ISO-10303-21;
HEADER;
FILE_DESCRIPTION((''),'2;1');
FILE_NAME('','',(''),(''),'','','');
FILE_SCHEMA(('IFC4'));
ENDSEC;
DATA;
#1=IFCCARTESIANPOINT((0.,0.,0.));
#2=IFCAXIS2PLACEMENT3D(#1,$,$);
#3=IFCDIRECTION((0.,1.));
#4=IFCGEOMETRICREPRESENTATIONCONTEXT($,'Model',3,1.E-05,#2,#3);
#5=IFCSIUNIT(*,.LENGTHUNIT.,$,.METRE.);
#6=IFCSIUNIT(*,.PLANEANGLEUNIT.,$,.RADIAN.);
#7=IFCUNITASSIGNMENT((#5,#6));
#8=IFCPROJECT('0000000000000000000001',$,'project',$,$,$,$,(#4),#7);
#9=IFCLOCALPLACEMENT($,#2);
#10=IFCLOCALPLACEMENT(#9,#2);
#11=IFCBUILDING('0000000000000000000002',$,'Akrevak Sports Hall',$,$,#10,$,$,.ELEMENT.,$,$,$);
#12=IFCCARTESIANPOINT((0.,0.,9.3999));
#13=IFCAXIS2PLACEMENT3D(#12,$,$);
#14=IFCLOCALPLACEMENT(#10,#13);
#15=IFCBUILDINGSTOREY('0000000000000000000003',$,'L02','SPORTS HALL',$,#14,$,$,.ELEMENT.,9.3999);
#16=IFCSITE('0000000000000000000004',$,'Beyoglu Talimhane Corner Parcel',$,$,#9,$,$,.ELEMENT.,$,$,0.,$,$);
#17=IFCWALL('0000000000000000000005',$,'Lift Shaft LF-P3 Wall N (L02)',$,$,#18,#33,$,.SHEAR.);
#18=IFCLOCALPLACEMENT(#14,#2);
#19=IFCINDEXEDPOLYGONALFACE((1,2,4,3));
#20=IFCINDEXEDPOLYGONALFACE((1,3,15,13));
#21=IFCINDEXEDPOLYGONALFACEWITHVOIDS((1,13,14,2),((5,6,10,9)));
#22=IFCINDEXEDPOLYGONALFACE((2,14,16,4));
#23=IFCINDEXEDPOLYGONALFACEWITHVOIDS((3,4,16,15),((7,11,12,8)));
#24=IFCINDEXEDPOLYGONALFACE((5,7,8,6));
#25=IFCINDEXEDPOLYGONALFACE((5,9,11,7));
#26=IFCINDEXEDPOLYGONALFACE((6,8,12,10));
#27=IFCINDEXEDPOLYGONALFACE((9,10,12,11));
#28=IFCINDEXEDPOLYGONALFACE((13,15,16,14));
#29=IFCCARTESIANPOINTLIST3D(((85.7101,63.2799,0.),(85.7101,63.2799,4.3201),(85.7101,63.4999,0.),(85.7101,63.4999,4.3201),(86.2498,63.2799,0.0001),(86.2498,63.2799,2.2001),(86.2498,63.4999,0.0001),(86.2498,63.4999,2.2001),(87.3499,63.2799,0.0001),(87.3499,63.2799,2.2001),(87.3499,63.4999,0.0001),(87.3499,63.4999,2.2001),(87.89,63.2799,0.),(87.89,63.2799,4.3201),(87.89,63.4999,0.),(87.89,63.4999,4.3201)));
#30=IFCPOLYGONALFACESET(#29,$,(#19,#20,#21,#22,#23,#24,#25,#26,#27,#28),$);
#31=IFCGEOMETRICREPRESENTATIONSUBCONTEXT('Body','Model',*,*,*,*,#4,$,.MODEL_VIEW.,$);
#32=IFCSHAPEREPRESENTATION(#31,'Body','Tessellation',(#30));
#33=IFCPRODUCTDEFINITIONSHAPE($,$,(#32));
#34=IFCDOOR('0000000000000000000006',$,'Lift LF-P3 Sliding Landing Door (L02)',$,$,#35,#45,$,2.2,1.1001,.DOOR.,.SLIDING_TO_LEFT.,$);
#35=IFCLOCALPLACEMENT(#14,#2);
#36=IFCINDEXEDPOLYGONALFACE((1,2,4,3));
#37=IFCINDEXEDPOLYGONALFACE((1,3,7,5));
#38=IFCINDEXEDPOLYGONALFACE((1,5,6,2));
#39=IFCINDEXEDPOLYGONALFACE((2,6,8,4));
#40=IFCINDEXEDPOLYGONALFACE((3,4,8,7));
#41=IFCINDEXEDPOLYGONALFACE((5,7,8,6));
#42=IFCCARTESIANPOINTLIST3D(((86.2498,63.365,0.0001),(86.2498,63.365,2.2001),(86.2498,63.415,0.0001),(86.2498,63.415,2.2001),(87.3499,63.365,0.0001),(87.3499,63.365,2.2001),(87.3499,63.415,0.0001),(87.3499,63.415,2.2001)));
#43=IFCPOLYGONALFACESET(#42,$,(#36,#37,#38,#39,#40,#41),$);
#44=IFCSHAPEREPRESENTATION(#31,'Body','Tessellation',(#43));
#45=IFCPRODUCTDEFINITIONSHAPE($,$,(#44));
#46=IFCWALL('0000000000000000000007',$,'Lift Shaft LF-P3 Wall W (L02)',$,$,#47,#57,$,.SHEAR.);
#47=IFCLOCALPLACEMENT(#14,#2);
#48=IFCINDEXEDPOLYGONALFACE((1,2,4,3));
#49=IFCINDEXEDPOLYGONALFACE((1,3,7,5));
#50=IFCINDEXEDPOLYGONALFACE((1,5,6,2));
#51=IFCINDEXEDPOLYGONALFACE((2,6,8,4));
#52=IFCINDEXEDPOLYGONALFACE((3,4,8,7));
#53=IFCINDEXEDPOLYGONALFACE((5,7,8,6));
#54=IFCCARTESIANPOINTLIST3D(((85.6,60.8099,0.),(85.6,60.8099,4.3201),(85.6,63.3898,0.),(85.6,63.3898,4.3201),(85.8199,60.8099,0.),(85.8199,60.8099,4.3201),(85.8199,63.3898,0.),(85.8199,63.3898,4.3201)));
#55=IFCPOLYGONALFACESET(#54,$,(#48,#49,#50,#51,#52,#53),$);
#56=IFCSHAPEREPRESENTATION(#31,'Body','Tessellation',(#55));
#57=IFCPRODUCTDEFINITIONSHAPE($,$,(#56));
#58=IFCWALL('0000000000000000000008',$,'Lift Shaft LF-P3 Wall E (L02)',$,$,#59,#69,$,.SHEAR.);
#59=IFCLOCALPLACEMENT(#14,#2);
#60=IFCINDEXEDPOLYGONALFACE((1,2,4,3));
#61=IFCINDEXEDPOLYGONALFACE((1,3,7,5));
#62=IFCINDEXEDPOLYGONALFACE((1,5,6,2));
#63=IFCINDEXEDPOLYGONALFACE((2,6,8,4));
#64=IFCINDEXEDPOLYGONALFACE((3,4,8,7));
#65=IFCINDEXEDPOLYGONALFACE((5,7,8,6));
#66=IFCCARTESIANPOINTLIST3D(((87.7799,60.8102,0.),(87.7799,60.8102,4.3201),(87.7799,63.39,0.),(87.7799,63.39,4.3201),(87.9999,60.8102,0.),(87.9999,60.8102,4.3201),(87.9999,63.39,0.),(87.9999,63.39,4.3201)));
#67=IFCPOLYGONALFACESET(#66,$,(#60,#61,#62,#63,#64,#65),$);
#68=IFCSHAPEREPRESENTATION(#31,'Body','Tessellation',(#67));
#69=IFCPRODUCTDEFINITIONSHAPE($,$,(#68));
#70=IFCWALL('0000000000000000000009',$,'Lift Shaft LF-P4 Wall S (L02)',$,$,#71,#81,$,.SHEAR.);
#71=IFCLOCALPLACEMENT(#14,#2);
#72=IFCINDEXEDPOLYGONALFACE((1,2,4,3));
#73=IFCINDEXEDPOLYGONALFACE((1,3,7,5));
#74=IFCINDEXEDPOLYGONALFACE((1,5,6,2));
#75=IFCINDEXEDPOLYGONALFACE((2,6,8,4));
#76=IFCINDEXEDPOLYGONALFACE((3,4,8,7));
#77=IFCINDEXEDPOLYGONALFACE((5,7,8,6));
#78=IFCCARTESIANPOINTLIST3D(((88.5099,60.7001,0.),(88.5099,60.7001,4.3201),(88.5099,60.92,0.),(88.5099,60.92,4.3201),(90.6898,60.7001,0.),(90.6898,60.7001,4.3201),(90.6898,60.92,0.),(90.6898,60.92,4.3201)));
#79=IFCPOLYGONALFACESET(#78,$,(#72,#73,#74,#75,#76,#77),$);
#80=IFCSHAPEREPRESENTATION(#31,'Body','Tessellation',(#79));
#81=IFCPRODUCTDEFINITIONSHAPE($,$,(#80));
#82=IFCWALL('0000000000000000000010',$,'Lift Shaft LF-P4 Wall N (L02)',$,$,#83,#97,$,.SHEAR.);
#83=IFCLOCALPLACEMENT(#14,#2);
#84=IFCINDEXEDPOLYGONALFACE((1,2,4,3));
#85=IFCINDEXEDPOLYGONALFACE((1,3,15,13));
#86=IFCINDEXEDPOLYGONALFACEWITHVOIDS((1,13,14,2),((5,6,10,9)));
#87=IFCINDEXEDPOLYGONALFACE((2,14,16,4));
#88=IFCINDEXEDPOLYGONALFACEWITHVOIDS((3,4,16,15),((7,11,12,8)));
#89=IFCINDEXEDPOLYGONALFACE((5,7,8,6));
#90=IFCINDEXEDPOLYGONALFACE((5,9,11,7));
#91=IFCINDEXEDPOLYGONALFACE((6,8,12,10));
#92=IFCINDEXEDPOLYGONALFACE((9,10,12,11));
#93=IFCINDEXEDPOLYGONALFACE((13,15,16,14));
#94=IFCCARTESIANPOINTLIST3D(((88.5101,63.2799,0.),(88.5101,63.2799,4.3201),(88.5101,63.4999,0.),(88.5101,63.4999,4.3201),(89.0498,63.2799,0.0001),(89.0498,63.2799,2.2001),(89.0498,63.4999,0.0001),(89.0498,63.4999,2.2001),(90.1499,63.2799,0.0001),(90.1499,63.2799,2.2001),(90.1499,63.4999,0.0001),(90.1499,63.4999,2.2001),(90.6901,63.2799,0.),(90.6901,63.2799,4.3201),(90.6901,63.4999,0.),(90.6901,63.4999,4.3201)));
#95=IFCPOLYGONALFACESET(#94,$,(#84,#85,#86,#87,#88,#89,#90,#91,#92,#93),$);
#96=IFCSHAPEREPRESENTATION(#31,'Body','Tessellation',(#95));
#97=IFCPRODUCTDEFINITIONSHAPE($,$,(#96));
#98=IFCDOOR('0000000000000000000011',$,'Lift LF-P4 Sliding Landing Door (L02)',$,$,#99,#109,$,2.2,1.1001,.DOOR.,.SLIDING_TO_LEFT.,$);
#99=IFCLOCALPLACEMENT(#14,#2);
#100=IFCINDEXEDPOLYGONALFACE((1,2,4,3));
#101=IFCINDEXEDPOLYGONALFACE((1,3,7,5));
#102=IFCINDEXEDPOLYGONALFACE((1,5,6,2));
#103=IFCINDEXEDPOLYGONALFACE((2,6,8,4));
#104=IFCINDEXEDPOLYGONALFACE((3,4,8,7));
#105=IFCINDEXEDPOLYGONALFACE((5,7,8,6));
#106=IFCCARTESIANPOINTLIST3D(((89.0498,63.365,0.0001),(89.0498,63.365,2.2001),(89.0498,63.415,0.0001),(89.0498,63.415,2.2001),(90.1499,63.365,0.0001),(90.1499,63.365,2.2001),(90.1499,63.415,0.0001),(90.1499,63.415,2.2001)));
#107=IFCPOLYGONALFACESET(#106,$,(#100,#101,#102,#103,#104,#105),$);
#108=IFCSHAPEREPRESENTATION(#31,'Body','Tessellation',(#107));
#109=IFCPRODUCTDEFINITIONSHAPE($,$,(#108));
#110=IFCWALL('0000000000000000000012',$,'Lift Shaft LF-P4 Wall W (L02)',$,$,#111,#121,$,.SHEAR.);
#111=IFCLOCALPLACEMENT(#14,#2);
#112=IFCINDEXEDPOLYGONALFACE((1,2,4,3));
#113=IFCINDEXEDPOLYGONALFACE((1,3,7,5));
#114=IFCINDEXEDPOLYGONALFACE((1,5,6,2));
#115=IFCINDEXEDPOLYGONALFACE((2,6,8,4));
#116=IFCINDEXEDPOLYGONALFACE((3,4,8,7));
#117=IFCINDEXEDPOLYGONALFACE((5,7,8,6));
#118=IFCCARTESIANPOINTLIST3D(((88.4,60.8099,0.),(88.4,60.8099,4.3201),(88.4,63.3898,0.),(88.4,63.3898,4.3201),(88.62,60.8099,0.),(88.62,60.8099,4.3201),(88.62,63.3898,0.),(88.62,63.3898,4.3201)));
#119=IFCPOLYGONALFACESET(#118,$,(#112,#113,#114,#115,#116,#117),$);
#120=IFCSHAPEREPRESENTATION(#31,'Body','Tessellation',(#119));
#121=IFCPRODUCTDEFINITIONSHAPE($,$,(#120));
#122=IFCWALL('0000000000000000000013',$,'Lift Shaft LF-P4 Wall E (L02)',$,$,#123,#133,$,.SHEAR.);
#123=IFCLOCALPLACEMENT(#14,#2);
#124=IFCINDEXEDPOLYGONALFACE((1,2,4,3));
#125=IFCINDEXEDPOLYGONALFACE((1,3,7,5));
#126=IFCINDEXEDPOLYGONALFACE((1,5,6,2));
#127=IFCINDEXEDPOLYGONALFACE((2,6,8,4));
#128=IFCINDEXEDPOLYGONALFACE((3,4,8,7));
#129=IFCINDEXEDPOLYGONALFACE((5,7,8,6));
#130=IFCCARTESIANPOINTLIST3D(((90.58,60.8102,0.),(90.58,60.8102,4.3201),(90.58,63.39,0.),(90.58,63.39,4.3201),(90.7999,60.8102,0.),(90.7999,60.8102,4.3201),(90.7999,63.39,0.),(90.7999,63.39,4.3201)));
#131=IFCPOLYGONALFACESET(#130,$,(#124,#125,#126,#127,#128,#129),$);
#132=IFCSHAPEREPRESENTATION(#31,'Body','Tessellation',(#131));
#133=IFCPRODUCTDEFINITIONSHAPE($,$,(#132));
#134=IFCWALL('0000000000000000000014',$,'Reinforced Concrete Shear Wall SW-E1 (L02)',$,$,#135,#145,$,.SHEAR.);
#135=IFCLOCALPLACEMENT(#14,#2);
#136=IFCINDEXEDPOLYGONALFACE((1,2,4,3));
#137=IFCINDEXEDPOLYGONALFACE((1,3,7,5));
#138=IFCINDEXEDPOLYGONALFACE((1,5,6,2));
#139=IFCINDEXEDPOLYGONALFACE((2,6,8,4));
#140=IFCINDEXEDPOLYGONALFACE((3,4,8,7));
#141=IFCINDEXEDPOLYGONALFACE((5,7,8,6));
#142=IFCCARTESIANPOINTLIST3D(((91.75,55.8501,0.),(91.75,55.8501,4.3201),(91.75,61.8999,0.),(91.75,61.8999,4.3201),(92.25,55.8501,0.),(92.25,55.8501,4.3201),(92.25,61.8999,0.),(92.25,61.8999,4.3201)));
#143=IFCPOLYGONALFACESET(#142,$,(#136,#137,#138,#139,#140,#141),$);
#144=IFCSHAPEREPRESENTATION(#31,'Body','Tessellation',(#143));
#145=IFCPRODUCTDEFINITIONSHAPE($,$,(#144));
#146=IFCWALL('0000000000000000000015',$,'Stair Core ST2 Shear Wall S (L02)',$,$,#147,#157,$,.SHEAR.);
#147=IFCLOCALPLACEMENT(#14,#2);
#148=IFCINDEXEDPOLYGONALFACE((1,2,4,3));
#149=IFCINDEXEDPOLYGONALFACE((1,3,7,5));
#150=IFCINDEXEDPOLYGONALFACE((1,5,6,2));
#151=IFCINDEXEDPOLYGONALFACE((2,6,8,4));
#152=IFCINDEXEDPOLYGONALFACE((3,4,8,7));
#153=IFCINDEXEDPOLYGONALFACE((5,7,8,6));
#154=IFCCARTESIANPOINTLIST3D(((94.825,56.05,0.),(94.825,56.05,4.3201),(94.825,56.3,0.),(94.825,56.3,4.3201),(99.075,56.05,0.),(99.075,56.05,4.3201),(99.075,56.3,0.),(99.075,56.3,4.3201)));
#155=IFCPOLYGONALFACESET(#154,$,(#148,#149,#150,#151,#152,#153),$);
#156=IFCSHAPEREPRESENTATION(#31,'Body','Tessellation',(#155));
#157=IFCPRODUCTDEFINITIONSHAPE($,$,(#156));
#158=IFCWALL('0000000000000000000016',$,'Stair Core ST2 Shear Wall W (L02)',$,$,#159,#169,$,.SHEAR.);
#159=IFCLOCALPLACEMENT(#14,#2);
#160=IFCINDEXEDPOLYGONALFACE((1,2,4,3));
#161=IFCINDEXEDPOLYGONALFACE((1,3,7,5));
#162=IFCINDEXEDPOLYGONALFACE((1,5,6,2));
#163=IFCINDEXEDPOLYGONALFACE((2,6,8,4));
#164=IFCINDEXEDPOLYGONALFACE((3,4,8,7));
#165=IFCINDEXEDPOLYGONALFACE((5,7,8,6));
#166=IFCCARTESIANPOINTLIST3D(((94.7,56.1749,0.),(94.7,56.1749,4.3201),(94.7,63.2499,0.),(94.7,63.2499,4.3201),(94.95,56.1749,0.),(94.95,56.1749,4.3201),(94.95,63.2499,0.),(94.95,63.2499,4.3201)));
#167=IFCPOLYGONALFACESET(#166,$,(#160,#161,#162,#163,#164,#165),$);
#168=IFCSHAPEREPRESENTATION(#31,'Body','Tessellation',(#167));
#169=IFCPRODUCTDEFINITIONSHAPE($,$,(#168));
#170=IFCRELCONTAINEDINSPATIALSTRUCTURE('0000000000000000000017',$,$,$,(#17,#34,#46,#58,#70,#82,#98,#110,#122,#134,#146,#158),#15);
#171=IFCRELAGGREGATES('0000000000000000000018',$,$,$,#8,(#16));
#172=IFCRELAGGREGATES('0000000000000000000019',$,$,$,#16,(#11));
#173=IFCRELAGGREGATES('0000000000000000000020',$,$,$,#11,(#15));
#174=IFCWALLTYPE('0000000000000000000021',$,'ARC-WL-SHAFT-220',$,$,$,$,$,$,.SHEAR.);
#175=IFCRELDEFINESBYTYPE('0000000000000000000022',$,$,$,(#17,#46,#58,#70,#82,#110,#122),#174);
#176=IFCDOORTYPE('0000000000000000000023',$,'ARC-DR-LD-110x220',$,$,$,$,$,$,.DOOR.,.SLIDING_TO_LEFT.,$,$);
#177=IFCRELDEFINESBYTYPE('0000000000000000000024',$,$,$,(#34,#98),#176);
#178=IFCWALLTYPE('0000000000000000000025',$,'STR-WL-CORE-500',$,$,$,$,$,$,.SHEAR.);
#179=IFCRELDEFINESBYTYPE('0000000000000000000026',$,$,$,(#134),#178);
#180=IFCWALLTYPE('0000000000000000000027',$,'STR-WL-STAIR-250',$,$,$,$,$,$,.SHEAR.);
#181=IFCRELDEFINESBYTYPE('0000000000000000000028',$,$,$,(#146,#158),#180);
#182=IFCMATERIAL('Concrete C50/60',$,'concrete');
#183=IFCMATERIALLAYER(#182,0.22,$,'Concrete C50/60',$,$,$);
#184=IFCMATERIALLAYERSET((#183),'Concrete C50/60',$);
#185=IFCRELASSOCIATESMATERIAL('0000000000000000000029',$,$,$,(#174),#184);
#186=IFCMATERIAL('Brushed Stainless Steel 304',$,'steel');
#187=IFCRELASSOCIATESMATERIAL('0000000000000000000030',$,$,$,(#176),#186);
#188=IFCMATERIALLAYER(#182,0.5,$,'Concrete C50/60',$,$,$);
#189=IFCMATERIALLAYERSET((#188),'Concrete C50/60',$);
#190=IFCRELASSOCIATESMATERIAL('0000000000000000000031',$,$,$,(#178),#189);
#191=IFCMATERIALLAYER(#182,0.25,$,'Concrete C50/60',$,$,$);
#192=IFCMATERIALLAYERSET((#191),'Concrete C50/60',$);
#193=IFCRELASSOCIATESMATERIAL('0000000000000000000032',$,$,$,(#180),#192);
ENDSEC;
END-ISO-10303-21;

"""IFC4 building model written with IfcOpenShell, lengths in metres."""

from ifc_helpers import new_model, si_unit, direction, frame, frame_2d, origin, place, context, subcontext, project, spatial, rectangle, extrude, material, layer, layer_set, type_object, element, fill, save


model = new_model("IFC4")

# Units and contexts
model_context = context("Model", 3, precision=1e-05, world=origin(), true_north=direction((0.0, 1.0)))
body_context = subcontext(model_context, "Body", "Model", "MODEL_VIEW")
ifc_project = project(units=[si_unit("LENGTHUNIT", "METRE"), si_unit("PLANEANGLEUNIT", "RADIAN")], contexts=[model_context])

# Site, building, storey
site_placement = place(None, origin())
site = spatial("IfcSite", under=ifc_project, at=site_placement, Name="Beyoglu Talimhane Corner Parcel", CompositionType="ELEMENT", RefElevation=0.0)
building_placement = place(site_placement, origin())
building = spatial("IfcBuilding", under=site, at=building_placement, Name="Akrevak Sports Hall", CompositionType="ELEMENT")
storey_placement = place(building_placement, frame((0.0, 0.0, 9.3999)))
storey = spatial("IfcBuildingStorey", under=building, at=storey_placement, Name="L02", Description="SPORTS HALL", CompositionType="ELEMENT", Elevation=9.3999)

# Shared definitions
ifc_material_1 = material(Name="Concrete C50/60", Category="concrete")

# Shared definitions
ifc_layer_1 = layer(ifc_material_1, 0.22, Name="Concrete C50/60")
ifc_layer_set_1 = layer_set([ifc_layer_1], Name="Concrete C50/60")
wall_type_1 = type_object("IfcWallType", Name="ARC-WL-SHAFT-220", PredefinedType="SHEAR", material=ifc_layer_set_1)

# Shared definitions
ifc_material_2 = material(Name="Brushed Stainless Steel 304", Category="steel")
door_type_1 = type_object("IfcDoorType", Name="ARC-DR-LD-110x220", OperationType="SLIDING_TO_LEFT", PredefinedType="DOOR", material=ifc_material_2)

# Wall, opening, door
wall_1_placement = place(storey_placement, frame((87.8899, 63.3899, 0.0), z_axis=(0.0, 0.0, 1.0), x_axis=(-1.0, 0.0, 0.0)))
wall_1 = element("IfcWall", 1, at=wall_1_placement, inside=storey, type_object=wall_type_1, Name="Lift Shaft LF-P3 Wall N (L02)", PredefinedType="SHEAR", context=body_context, shape_type="SweptSolid", body=[
    extrude(rectangle(XDim=2.1799, YDim=0.22, at=frame_2d((1.0898, 0.0))), origin(), (0.0, 0.0, 1.0), 4.3201),
])
opening_1_placement = place(wall_1_placement, frame((0.54, 0.0, 0.0)))
opening_1 = element("IfcOpeningElement", 2, at=opening_1_placement, cuts=wall_1, PredefinedType="OPENING", context=body_context, shape_type="SweptSolid", body=[
    extrude(rectangle(XDim=1.1001, YDim=2.2, at=frame_2d((0.55, 1.1001))), frame((0.0, 0.1221, 0.0), z_axis=(0.0, -1.0, 0.0), x_axis=(1.0, 0.0, 0.0)), (0.0, 0.0, 1.0), 0.2439),
])
door_1_placement = place(opening_1_placement, origin())
door_1 = element("IfcDoor", 3, at=door_1_placement, inside=storey, type_object=door_type_1, Name="Lift LF-P3 Sliding Landing Door (L02)", OperationType="SLIDING_TO_LEFT", OverallHeight=2.2, OverallWidth=1.1001, PredefinedType="DOOR", context=body_context, shape_type="SweptSolid", body=[
    extrude(rectangle(XDim=1.1001, YDim=2.2, at=frame_2d((0.55, 1.1001))), frame((0.0, 0.0249, 0.0), z_axis=(0.0, -1.0, 0.0), x_axis=(1.0, 0.0, 0.0)), (0.0, 0.0, 1.0), 0.05),
])
fill(opening_1, door_1)

# Walls
for number, where, z_axis, x_axis, name in (
    (4, (85.71, 63.3899, 0.0), (0.0, 0.0, 1.0), (0.0, -1.0, 0.0), "Lift Shaft LF-P3 Wall W (L02)"),
    (5, (87.8899, 60.8101, 0.0), (0.0, 0.0, 1.0), (0.0, 1.0, 0.0), "Lift Shaft LF-P3 Wall E (L02)"),
):
    element("IfcWall", number, at=place(storey_placement, frame(where, z_axis=z_axis, x_axis=x_axis)), inside=storey, type_object=wall_type_1, Name=name, PredefinedType="SHEAR", context=body_context, shape_type="SweptSolid", body=[
        extrude(rectangle(XDim=2.5798, YDim=0.22, at=frame_2d((1.29, 0.0))), origin(), (0.0, 0.0, 1.0), 4.3201),
    ])
wall_2_placement = place(storey_placement, frame((88.51, 60.8101, 0.0), z_axis=(0.0, 0.0, 1.0), x_axis=(1.0, 0.0, 0.0)))
element("IfcWall", 6, at=wall_2_placement, inside=storey, type_object=wall_type_1, Name="Lift Shaft LF-P4 Wall S (L02)", PredefinedType="SHEAR", context=body_context, shape_type="SweptSolid", body=[
    extrude(rectangle(XDim=2.1799, YDim=0.22, at=frame_2d((1.0898, 0.0))), origin(), (0.0, 0.0, 1.0), 4.3201),
])

# Wall, opening, door
wall_3_placement = place(storey_placement, frame((90.6899, 63.3899, 0.0), z_axis=(0.0, 0.0, 1.0), x_axis=(-1.0, 0.0, 0.0)))
wall_3 = element("IfcWall", 7, at=wall_3_placement, inside=storey, type_object=wall_type_1, Name="Lift Shaft LF-P4 Wall N (L02)", PredefinedType="SHEAR", context=body_context, shape_type="SweptSolid", body=[
    extrude(rectangle(XDim=2.1799, YDim=0.22, at=frame_2d((1.0898, 0.0))), origin(), (0.0, 0.0, 1.0), 4.3201),
])
opening_2_placement = place(wall_3_placement, frame((0.54, 0.0, 0.0)))
opening_2 = element("IfcOpeningElement", 8, at=opening_2_placement, cuts=wall_3, PredefinedType="OPENING", context=body_context, shape_type="SweptSolid", body=[
    extrude(rectangle(XDim=1.1001, YDim=2.2, at=frame_2d((0.55, 1.1001))), frame((0.0, 0.1221, 0.0), z_axis=(0.0, -1.0, 0.0), x_axis=(1.0, 0.0, 0.0)), (0.0, 0.0, 1.0), 0.2439),
])
door_2_placement = place(opening_2_placement, origin())
door_2 = element("IfcDoor", 9, at=door_2_placement, inside=storey, type_object=door_type_1, Name="Lift LF-P4 Sliding Landing Door (L02)", OperationType="SLIDING_TO_LEFT", OverallHeight=2.2, OverallWidth=1.1001, PredefinedType="DOOR", context=body_context, shape_type="SweptSolid", body=[
    extrude(rectangle(XDim=1.1001, YDim=2.2, at=frame_2d((0.55, 1.1001))), frame((0.0, 0.0249, 0.0), z_axis=(0.0, -1.0, 0.0), x_axis=(1.0, 0.0, 0.0)), (0.0, 0.0, 1.0), 0.05),
])
fill(opening_2, door_2)

# Walls
for number, where, z_axis, x_axis, name in (
    (10, (88.51, 63.3899, 0.0), (0.0, 0.0, 1.0), (0.0, -1.0, 0.0), "Lift Shaft LF-P4 Wall W (L02)"),
    (11, (90.6899, 60.8101, 0.0), (0.0, 0.0, 1.0), (0.0, 1.0, 0.0), "Lift Shaft LF-P4 Wall E (L02)"),
):
    element("IfcWall", number, at=place(storey_placement, frame(where, z_axis=z_axis, x_axis=x_axis)), inside=storey, type_object=wall_type_1, Name=name, PredefinedType="SHEAR", context=body_context, shape_type="SweptSolid", body=[
        extrude(rectangle(XDim=2.5798, YDim=0.22, at=frame_2d((1.29, 0.0))), origin(), (0.0, 0.0, 1.0), 4.3201),
    ])
ifc_layer_2 = layer(ifc_material_1, 0.5, Name="Concrete C50/60")
ifc_layer_set_2 = layer_set([ifc_layer_2], Name="Concrete C50/60")
wall_type_2 = type_object("IfcWallType", Name="STR-WL-CORE-500", PredefinedType="SHEAR", material=ifc_layer_set_2)
wall_4_placement = place(storey_placement, frame((92.0, 55.8501, 0.0), z_axis=(0.0, 0.0, 1.0), x_axis=(0.0, 1.0, 0.0)))
element("IfcWall", 12, at=wall_4_placement, inside=storey, type_object=wall_type_2, Name="Reinforced Concrete Shear Wall SW-E1 (L02)", PredefinedType="SHEAR", context=body_context, shape_type="SweptSolid", body=[
    extrude(rectangle(XDim=6.0498, YDim=0.5, at=frame_2d((3.0249, 0.0))), origin(), (0.0, 0.0, 1.0), 4.3201),
])
ifc_layer_3 = layer(ifc_material_1, 0.25, Name="Concrete C50/60")
ifc_layer_set_3 = layer_set([ifc_layer_3], Name="Concrete C50/60")
wall_type_3 = type_object("IfcWallType", Name="STR-WL-STAIR-250", PredefinedType="SHEAR", material=ifc_layer_set_3)
wall_5_placement = place(storey_placement, frame((94.825, 56.175, 0.0), z_axis=(0.0, 0.0, 1.0), x_axis=(1.0, 0.0, 0.0)))
element("IfcWall", 13, at=wall_5_placement, inside=storey, type_object=wall_type_3, Name="Stair Core ST2 Shear Wall S (L02)", PredefinedType="SHEAR", context=body_context, shape_type="SweptSolid", body=[
    extrude(rectangle(XDim=4.25, YDim=0.25, at=frame_2d((2.125, 0.0))), origin(), (0.0, 0.0, 1.0), 4.3201),
])
wall_6_placement = place(storey_placement, frame((94.825, 63.25, 0.0), z_axis=(0.0, 0.0, 1.0), x_axis=(0.0, -1.0, 0.0)))
element("IfcWall", 14, at=wall_6_placement, inside=storey, type_object=wall_type_3, Name="Stair Core ST2 Shear Wall W (L02)", PredefinedType="SHEAR", context=body_context, shape_type="SweptSolid", body=[
    extrude(rectangle(XDim=7.075, YDim=0.25, at=frame_2d((3.5376, 0.0))), origin(), (0.0, 0.0, 1.0), 4.3201),
])

save(model, "model.ifc")
